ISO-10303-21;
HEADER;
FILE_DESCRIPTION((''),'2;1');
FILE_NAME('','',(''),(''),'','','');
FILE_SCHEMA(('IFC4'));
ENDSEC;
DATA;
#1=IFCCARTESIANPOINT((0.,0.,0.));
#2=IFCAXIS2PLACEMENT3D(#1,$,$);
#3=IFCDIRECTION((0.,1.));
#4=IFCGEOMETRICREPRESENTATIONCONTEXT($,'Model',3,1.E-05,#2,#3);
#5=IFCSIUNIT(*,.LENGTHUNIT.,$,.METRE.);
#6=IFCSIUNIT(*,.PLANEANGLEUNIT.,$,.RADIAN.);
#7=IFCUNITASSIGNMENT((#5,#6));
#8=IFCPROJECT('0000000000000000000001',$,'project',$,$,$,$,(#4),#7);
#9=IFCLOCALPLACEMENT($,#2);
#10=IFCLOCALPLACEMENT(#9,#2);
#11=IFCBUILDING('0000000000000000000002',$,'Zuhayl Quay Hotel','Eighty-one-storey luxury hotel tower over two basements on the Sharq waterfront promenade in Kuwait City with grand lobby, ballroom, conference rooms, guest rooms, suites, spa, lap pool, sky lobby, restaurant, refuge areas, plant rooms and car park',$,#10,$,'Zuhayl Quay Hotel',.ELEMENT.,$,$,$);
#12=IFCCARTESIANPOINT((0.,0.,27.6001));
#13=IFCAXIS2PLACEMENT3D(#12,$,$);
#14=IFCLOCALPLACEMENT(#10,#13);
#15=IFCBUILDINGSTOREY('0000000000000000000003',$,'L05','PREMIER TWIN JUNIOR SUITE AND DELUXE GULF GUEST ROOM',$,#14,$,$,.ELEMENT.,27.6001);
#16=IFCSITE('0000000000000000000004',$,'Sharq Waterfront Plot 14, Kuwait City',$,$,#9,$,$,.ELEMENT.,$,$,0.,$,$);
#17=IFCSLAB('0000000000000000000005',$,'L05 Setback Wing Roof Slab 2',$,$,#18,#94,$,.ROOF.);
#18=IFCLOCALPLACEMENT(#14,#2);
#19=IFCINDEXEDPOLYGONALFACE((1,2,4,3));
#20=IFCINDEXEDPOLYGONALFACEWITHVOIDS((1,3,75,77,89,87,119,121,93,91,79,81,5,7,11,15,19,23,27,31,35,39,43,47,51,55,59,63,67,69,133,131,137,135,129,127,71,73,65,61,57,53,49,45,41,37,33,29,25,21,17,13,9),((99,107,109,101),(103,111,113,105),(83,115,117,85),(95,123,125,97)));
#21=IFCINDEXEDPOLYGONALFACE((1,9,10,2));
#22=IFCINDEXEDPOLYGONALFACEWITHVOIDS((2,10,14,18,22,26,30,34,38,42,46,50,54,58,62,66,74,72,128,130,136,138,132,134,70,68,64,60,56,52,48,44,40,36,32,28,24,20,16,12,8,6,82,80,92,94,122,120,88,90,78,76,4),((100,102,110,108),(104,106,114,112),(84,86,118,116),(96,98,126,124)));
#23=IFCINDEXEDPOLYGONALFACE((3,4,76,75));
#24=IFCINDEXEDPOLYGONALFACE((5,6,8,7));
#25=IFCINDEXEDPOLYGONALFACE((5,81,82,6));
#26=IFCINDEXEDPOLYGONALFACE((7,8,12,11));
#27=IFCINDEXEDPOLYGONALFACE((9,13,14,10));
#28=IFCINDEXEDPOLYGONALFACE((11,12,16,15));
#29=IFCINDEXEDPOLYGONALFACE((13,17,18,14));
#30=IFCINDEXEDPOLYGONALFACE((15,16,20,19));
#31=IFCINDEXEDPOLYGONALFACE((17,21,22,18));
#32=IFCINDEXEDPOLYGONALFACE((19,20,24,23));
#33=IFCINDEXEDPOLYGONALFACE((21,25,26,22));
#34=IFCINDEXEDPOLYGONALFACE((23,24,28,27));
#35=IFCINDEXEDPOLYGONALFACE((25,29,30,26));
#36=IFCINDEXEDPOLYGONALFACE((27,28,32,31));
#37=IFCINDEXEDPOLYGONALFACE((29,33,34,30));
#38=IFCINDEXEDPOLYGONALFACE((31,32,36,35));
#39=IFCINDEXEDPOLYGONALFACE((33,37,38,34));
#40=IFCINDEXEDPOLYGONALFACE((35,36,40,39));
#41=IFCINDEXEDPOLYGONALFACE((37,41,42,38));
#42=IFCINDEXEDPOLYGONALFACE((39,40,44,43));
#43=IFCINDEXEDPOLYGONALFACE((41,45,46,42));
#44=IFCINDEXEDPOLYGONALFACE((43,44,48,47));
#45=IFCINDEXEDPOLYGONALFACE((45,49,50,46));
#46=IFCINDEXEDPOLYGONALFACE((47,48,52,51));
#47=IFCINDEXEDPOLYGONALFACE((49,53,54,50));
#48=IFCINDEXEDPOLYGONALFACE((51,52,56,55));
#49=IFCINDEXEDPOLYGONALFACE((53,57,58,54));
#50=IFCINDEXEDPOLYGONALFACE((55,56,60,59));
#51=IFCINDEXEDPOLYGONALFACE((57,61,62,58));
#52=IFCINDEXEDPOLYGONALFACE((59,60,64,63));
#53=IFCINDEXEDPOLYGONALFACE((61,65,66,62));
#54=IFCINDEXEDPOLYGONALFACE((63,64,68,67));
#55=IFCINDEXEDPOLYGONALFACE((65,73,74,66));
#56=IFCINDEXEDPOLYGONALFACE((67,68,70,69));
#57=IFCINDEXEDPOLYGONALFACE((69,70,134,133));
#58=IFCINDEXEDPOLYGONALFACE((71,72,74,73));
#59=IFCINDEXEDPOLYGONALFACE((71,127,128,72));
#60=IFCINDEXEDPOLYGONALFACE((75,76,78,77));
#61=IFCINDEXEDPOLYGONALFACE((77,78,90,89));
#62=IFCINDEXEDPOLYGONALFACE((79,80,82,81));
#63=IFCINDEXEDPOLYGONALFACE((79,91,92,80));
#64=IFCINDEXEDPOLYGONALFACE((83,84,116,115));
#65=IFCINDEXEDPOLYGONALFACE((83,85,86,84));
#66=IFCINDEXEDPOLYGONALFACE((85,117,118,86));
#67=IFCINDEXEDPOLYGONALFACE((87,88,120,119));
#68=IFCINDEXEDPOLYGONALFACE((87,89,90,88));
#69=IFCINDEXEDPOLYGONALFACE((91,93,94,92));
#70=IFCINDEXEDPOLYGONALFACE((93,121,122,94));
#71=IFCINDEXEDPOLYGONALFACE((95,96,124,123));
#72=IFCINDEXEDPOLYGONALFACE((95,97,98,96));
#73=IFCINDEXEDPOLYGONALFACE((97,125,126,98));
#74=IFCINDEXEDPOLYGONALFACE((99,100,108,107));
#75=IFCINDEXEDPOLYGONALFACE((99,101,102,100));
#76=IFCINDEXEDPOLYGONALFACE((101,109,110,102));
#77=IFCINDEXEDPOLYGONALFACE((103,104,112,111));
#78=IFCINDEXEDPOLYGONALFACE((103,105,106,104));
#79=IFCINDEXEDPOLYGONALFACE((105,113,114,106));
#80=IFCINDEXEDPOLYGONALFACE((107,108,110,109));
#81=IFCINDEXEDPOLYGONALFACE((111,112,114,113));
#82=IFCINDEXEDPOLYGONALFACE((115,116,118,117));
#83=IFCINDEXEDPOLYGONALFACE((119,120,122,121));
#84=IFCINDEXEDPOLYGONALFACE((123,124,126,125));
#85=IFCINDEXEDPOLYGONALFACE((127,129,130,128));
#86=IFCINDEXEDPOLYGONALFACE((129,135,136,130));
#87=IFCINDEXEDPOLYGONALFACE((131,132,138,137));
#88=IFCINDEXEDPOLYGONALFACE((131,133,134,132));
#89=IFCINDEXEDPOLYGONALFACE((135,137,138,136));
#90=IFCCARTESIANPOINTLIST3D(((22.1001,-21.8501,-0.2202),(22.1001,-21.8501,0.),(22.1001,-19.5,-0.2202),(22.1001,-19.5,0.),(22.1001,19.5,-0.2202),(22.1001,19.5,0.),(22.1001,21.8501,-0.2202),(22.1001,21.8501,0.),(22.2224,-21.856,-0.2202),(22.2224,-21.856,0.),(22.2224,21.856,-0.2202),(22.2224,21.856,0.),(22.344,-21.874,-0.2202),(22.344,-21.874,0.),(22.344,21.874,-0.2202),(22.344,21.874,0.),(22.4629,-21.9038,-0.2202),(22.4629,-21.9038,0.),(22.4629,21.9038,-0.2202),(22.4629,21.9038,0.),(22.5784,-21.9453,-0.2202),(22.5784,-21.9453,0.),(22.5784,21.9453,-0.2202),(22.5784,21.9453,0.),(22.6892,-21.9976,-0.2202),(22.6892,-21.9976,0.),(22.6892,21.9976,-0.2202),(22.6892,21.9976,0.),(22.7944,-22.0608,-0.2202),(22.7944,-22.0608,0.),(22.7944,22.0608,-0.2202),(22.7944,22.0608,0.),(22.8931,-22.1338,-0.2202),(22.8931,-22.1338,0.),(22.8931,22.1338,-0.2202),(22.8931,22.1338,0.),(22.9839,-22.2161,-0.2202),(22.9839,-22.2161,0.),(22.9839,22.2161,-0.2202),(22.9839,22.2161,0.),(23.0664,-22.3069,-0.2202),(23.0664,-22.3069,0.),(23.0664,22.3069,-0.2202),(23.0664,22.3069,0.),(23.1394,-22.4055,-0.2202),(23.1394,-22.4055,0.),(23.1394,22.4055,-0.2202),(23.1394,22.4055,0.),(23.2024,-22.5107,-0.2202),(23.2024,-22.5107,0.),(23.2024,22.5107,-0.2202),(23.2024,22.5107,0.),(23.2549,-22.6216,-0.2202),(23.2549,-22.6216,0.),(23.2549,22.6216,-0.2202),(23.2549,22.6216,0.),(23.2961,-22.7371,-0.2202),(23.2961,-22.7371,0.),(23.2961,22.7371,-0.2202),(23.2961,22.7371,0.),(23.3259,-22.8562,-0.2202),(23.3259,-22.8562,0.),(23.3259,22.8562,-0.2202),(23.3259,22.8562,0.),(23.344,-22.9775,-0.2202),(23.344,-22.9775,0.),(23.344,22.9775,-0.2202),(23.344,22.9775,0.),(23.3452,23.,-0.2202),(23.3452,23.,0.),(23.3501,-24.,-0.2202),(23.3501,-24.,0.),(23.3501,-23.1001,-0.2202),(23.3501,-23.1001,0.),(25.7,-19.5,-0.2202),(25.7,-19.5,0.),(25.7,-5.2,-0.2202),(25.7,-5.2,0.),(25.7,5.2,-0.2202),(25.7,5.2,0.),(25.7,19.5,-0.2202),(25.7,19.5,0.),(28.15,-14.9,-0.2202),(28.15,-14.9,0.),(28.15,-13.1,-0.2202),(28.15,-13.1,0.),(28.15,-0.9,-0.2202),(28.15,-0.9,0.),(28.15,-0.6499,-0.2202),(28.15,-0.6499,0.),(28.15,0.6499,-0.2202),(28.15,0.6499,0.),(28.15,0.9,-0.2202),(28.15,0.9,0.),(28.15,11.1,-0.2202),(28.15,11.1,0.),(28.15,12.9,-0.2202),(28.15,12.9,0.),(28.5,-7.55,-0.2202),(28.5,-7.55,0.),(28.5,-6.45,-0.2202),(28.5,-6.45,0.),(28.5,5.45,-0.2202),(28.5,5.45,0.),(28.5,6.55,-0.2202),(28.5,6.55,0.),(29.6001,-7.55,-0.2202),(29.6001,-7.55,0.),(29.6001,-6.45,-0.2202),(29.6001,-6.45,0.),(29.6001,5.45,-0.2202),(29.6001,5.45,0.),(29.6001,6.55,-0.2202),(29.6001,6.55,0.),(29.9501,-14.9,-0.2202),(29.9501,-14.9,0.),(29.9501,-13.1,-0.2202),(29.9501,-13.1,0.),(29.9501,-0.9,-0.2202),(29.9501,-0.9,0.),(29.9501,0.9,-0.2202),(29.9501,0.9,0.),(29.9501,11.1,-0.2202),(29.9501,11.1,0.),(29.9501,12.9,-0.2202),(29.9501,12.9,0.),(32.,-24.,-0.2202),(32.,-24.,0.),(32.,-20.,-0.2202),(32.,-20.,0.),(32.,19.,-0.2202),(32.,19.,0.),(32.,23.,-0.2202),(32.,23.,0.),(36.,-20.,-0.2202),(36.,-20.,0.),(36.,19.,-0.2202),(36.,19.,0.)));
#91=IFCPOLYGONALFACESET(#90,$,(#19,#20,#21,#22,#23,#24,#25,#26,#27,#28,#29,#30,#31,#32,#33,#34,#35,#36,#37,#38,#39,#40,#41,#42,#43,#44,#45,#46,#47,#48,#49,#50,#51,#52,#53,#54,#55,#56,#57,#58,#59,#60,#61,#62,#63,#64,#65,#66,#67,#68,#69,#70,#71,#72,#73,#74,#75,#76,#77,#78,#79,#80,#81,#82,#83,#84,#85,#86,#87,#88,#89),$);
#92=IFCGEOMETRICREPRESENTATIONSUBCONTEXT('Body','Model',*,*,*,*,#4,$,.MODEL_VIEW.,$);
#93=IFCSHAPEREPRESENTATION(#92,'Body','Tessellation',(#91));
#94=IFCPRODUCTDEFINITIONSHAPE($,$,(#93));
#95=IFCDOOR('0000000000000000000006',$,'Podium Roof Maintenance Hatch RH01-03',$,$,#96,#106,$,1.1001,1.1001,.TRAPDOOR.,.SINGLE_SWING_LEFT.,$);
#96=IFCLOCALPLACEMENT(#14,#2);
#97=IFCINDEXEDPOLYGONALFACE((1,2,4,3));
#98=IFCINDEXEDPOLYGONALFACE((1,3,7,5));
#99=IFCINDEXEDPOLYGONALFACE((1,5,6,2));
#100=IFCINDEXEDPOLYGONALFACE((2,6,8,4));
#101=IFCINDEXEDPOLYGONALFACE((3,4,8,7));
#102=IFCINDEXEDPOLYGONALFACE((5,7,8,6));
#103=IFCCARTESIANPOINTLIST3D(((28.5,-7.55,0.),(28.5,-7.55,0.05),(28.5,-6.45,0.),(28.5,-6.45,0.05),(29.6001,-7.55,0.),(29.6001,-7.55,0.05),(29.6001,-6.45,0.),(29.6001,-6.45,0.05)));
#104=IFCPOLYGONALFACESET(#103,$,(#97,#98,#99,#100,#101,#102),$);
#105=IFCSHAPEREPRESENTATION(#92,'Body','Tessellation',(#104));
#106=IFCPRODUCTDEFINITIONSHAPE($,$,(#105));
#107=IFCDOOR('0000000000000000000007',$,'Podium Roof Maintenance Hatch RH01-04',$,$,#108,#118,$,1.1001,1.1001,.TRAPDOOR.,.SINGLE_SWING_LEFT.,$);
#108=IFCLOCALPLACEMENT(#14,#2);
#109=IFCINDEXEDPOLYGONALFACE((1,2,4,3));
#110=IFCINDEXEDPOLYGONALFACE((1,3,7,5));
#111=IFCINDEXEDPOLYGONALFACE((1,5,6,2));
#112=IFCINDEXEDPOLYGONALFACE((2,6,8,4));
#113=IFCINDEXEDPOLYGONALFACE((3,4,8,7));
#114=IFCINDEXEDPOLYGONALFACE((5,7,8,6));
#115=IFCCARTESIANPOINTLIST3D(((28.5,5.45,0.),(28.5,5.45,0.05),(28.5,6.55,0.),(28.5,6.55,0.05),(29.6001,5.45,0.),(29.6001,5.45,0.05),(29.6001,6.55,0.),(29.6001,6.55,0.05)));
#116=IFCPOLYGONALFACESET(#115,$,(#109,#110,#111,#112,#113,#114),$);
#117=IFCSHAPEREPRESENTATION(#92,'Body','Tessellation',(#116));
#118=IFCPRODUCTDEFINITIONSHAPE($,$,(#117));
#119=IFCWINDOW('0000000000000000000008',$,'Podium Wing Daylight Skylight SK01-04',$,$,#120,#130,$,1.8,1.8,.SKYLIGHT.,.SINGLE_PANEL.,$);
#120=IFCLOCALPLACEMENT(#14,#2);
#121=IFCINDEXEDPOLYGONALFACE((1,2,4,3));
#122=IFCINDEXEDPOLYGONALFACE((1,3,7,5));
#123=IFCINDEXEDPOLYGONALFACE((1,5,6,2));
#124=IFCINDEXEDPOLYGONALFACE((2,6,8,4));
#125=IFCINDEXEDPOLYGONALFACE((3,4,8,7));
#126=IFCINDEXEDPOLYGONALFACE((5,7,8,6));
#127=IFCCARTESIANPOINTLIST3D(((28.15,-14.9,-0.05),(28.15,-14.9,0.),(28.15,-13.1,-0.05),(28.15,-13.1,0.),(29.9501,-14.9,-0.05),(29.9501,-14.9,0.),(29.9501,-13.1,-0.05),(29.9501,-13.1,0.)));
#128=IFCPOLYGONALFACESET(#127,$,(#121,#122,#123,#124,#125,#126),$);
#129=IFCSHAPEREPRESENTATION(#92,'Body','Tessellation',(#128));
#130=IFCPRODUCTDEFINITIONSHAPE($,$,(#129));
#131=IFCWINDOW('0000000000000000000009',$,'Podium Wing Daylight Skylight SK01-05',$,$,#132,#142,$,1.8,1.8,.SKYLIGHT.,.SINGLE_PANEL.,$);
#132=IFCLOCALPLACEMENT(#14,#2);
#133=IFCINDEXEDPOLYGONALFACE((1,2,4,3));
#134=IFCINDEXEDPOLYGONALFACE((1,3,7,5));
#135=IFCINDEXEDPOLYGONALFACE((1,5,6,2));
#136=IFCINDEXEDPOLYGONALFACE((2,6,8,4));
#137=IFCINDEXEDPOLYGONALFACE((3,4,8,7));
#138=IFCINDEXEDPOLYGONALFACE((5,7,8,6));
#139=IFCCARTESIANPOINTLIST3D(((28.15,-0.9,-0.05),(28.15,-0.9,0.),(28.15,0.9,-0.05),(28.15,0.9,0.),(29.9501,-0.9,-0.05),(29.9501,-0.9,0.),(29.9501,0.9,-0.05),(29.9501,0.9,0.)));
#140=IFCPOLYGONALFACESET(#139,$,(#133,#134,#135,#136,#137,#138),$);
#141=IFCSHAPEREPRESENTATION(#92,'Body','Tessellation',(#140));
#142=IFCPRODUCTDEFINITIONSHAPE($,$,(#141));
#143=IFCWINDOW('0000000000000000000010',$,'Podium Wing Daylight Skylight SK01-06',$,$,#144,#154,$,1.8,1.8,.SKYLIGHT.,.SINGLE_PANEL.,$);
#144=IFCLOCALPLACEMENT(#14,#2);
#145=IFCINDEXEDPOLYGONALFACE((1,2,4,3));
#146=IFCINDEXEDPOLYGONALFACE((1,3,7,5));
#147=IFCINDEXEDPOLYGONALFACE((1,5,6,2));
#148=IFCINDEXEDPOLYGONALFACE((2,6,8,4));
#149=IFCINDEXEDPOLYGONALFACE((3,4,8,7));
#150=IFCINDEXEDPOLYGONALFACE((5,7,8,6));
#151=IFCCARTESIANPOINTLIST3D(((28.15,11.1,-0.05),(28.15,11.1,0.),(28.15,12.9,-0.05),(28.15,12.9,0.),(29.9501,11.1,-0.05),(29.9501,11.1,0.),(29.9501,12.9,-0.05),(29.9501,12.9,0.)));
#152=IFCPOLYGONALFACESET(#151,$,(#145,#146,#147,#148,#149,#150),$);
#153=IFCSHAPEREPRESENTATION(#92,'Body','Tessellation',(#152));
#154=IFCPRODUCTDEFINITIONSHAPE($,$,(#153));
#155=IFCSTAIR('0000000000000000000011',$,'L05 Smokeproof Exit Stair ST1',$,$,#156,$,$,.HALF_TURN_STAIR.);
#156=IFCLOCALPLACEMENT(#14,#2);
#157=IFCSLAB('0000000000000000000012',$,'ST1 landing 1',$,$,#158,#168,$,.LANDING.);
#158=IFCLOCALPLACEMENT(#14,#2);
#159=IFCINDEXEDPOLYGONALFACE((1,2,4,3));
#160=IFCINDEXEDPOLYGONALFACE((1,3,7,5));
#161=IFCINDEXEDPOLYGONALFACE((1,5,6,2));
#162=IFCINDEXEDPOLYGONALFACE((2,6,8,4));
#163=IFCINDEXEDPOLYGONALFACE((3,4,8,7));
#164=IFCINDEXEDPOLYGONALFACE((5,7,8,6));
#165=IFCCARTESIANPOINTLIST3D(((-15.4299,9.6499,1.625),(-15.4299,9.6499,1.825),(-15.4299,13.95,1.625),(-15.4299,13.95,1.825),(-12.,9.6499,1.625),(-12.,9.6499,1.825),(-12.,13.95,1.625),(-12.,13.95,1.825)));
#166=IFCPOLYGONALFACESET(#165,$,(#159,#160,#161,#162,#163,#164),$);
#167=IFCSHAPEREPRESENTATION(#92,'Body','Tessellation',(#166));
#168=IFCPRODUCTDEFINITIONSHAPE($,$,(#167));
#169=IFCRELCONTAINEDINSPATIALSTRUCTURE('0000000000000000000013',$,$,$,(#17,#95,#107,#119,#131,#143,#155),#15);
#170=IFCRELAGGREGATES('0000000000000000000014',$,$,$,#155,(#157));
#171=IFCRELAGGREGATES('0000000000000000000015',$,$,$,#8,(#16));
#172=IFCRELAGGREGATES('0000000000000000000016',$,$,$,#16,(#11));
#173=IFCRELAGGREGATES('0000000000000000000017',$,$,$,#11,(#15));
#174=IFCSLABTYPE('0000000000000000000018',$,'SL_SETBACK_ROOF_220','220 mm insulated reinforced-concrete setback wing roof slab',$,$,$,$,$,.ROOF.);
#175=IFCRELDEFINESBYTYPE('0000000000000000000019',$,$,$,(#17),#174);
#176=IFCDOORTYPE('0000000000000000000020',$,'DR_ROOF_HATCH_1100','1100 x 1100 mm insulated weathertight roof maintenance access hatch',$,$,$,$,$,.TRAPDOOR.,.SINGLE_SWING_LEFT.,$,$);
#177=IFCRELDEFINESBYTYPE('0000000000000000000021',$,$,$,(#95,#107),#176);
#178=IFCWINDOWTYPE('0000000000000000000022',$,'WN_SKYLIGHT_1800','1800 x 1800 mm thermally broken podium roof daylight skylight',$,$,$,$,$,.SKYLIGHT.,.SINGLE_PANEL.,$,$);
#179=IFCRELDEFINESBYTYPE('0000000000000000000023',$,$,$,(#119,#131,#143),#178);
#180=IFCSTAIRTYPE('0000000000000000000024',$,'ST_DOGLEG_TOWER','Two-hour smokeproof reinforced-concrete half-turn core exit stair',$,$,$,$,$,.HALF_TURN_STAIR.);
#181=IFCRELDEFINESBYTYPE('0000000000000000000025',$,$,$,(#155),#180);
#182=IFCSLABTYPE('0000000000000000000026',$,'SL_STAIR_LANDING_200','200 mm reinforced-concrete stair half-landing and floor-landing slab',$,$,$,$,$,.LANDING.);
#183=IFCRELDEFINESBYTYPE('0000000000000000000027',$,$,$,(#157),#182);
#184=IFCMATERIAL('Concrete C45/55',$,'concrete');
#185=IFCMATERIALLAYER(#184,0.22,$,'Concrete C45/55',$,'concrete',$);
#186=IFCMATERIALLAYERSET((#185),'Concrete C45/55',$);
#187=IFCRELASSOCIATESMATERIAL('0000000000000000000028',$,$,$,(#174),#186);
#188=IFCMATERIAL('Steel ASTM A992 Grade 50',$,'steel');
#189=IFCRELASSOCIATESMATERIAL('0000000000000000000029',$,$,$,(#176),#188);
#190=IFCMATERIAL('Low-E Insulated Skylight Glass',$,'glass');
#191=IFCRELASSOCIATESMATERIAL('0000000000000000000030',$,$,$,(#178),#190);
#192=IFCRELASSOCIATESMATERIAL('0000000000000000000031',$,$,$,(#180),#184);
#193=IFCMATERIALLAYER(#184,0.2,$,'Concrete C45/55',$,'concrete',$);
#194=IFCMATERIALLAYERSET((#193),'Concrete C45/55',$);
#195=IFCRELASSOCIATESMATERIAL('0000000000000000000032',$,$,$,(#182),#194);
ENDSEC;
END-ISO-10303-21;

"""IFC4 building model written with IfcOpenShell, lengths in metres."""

from ifc_helpers import new_model, si_unit, direction, frame, origin, origin_2d, place, context, subcontext, project, spatial, polyline, rectangle, outline, extrude, material, layer, layer_set, type_object, element, fill, aggregate, save


model = new_model("IFC4")

# Units and contexts
model_context = context("Model", 3, precision=1e-05, world=origin(), true_north=direction((0.0, 1.0)))
body_context = subcontext(model_context, "Body", "Model", "MODEL_VIEW")
ifc_project = project(units=[si_unit("LENGTHUNIT", "METRE"), si_unit("PLANEANGLEUNIT", "RADIAN")], contexts=[model_context])

# Site, building, storey
site_placement = place(None, origin())
site = spatial("IfcSite", under=ifc_project, at=site_placement, Name="Sharq Waterfront Plot 14, Kuwait City", CompositionType="ELEMENT", RefElevation=0.0)
building_placement = place(site_placement, origin())
building = spatial("IfcBuilding", under=site, at=building_placement, Name="Zuhayl Quay Hotel", Description="Eighty-one-storey luxury hotel tower over two basements on the Sharq waterfront promenade in Kuwait City with grand lobby, ballroom, conference rooms, guest rooms, suites, spa, lap pool, sky lobby, restaurant, refuge areas, plant rooms and car park", LongName="Zuhayl Quay Hotel", CompositionType="ELEMENT")
storey_placement = place(building_placement, frame((0.0, 0.0, 27.6001)))
storey = spatial("IfcBuildingStorey", under=building, at=storey_placement, Name="L05", Description="PREMIER TWIN JUNIOR SUITE AND DELUXE GULF GUEST ROOM", CompositionType="ELEMENT", Elevation=27.6001)

# Shared definitions
ifc_material_1 = material(Name="Concrete C45/55", Category="concrete")

# Slab, openings, doors, windows
ifc_layer_1 = layer(ifc_material_1, 0.22, Name="Concrete C45/55", Category="concrete")
ifc_layer_set_1 = layer_set([ifc_layer_1], Name="Concrete C45/55")
slab_type_1 = type_object("IfcSlabType", Name="SL_SETBACK_ROOF_220", Description="220 mm insulated reinforced-concrete setback wing roof slab", PredefinedType="ROOF", material=ifc_layer_set_1)
ifc_material_2 = material(Name="Steel ASTM A992 Grade 50", Category="steel")
door_type = type_object("IfcDoorType", Name="DR_ROOF_HATCH_1100", Description="1100 x 1100 mm insulated weathertight roof maintenance access hatch", OperationType="SINGLE_SWING_LEFT", PredefinedType="TRAPDOOR", material=ifc_material_2)
ifc_material_3 = material(Name="Low-E Insulated Skylight Glass", Category="glass")
window_type = type_object("IfcWindowType", Name="WN_SKYLIGHT_1800", Description="1800 x 1800 mm thermally broken podium roof daylight skylight", PartitioningType="SINGLE_PANEL", PredefinedType="SKYLIGHT", material=ifc_material_3)
slab_1_placement = place(storey_placement, frame((0.0, 0.0, -0.2202)))
slab_1 = element("IfcSlab", 1, at=slab_1_placement, inside=storey, type_object=slab_type_1, Name="L05 Setback Wing Roof Slab 2", PredefinedType="ROOF", context=body_context, shape_type="SweptSolid", body=[
    extrude(outline(polyline([(32.0, -20.0), (36.0, -20.0), (36.0, 19.0), (32.0, 19.0), (32.0, 23.0), (23.3452, 23.0), (23.344, 22.9775), (23.3259, 22.8562), (23.2961, 22.7371), (23.2549, 22.6216), (23.2024, 22.5107), (23.1394, 22.4055), (23.0664, 22.3069), (22.9839, 22.2161), (22.8931, 22.1338), (22.7944, 22.0608), (22.6892, 21.9976), (22.5784, 21.9453), (22.4629, 21.9038), (22.344, 21.874), (22.2224, 21.856), (22.1001, 21.8501), (22.1001, 19.5), (25.7, 19.5), (25.7, 5.2), (28.5, 0.0), (25.7, -5.2), (25.7, -19.5), (22.1001, -19.5), (22.1001, -21.8501), (22.2224, -21.856), (22.344, -21.874), (22.4629, -21.9038), (22.5784, -21.9453), (22.6892, -21.9976), (22.7944, -22.0608), (22.8931, -22.1338), (22.9839, -22.2161), (23.0664, -22.3069), (23.1394, -22.4055), (23.2024, -22.5107), (23.2549, -22.6216), (23.2961, -22.7371), (23.3259, -22.8562), (23.344, -22.9775), (23.3501, -23.1001), (23.3501, -24.0), (32.0, -24.0), (32.0, -20.0)])), origin(), (0.0, 0.0, 1.0), 0.2202),
])
opening_1_placement = place(slab_1_placement, frame((29.05, -14.0, 0.0)))
opening_1 = element("IfcOpeningElement", 2, at=opening_1_placement, cuts=slab_1, PredefinedType="OPENING", context=body_context, shape_type="SweptSolid", body=[
    extrude(rectangle(XDim=1.8, YDim=1.8, at=origin_2d()), frame((0.0, 0.0, -0.01)), (0.0, 0.0, 1.0), 0.2402),
])
opening_2_placement = place(slab_1_placement, frame((29.05, 0.0, 0.0)))
opening_2 = element("IfcOpeningElement", 3, at=opening_2_placement, cuts=slab_1, PredefinedType="OPENING", context=body_context, shape_type="SweptSolid", body=[
    extrude(rectangle(XDim=1.8, YDim=1.8, at=origin_2d()), frame((0.0, 0.0, -0.01)), (0.0, 0.0, 1.0), 0.2402),
])
opening_3_placement = place(slab_1_placement, frame((29.05, 12.0, 0.0)))
opening_3 = element("IfcOpeningElement", 4, at=opening_3_placement, cuts=slab_1, PredefinedType="OPENING", context=body_context, shape_type="SweptSolid", body=[
    extrude(rectangle(XDim=1.8, YDim=1.8, at=origin_2d()), frame((0.0, 0.0, -0.01)), (0.0, 0.0, 1.0), 0.2402),
])
opening_4_placement = place(slab_1_placement, frame((29.05, -7.0, 0.0)))
opening_4 = element("IfcOpeningElement", 5, at=opening_4_placement, cuts=slab_1, PredefinedType="OPENING", context=body_context, shape_type="SweptSolid", body=[
    extrude(rectangle(XDim=1.1001, YDim=1.1001, at=origin_2d()), frame((0.0, 0.0, -0.01)), (0.0, 0.0, 1.0), 0.2903),
])
opening_5_placement = place(slab_1_placement, frame((29.05, 6.0, 0.0)))
opening_5 = element("IfcOpeningElement", 6, at=opening_5_placement, cuts=slab_1, PredefinedType="OPENING", context=body_context, shape_type="SweptSolid", body=[
    extrude(rectangle(XDim=1.1001, YDim=1.1001, at=origin_2d()), frame((0.0, 0.0, -0.01)), (0.0, 0.0, 1.0), 0.2903),
])
door_1_placement = place(opening_4_placement, frame((0.0, 0.0, 0.2202)))
door_1 = element("IfcDoor", 7, at=door_1_placement, inside=storey, type_object=door_type, Name="Podium Roof Maintenance Hatch RH01-03", OperationType="SINGLE_SWING_LEFT", OverallHeight=1.1001, OverallWidth=1.1001, PredefinedType="TRAPDOOR", context=body_context, shape_type="SweptSolid", body=[
    extrude(rectangle(XDim=1.1001, YDim=1.1001, at=origin_2d()), origin(), (0.0, 0.0, 1.0), 0.05),
])
fill(opening_4, door_1)
door_2_placement = place(opening_5_placement, frame((0.0, 0.0, 0.2202)))
door_2 = element("IfcDoor", 8, at=door_2_placement, inside=storey, type_object=door_type, Name="Podium Roof Maintenance Hatch RH01-04", OperationType="SINGLE_SWING_LEFT", OverallHeight=1.1001, OverallWidth=1.1001, PredefinedType="TRAPDOOR", context=body_context, shape_type="SweptSolid", body=[
    extrude(rectangle(XDim=1.1001, YDim=1.1001, at=origin_2d()), origin(), (0.0, 0.0, 1.0), 0.05),
])
fill(opening_5, door_2)
window_1_placement = place(opening_1_placement, frame((0.0, 0.0, 0.1702)))
window_1 = element("IfcWindow", 9, at=window_1_placement, inside=storey, type_object=window_type, Name="Podium Wing Daylight Skylight SK01-04", OverallHeight=1.8, OverallWidth=1.8, PartitioningType="SINGLE_PANEL", PredefinedType="SKYLIGHT", context=body_context, shape_type="SweptSolid", body=[
    extrude(rectangle(XDim=1.8, YDim=1.8, at=origin_2d()), origin(), (0.0, 0.0, 1.0), 0.05),
])
fill(opening_1, window_1)
window_2_placement = place(opening_2_placement, frame((0.0, 0.0, 0.1702)))
window_2 = element("IfcWindow", 10, at=window_2_placement, inside=storey, type_object=window_type, Name="Podium Wing Daylight Skylight SK01-05", OverallHeight=1.8, OverallWidth=1.8, PartitioningType="SINGLE_PANEL", PredefinedType="SKYLIGHT", context=body_context, shape_type="SweptSolid", body=[
    extrude(rectangle(XDim=1.8, YDim=1.8, at=origin_2d()), origin(), (0.0, 0.0, 1.0), 0.05),
])
fill(opening_2, window_2)
window_3_placement = place(opening_3_placement, frame((0.0, 0.0, 0.1702)))
window_3 = element("IfcWindow", 11, at=window_3_placement, inside=storey, type_object=window_type, Name="Podium Wing Daylight Skylight SK01-06", OverallHeight=1.8, OverallWidth=1.8, PartitioningType="SINGLE_PANEL", PredefinedType="SKYLIGHT", context=body_context, shape_type="SweptSolid", body=[
    extrude(rectangle(XDim=1.8, YDim=1.8, at=origin_2d()), origin(), (0.0, 0.0, 1.0), 0.05),
])
fill(opening_3, window_3)

# Stair, slab
stair_type = type_object("IfcStairType", Name="ST_DOGLEG_TOWER", Description="Two-hour smokeproof reinforced-concrete half-turn core exit stair", PredefinedType="HALF_TURN_STAIR", material=ifc_material_1)
stair_1_placement = place(storey_placement, origin())
stair_1 = element("IfcStair", 12, at=stair_1_placement, inside=storey, type_object=stair_type, Name="L05 Smokeproof Exit Stair ST1", PredefinedType="HALF_TURN_STAIR")
ifc_layer_2 = layer(ifc_material_1, 0.2, Name="Concrete C45/55", Category="concrete")
ifc_layer_set_2 = layer_set([ifc_layer_2], Name="Concrete C45/55")
slab_type_2 = type_object("IfcSlabType", Name="SL_STAIR_LANDING_200", Description="200 mm reinforced-concrete stair half-landing and floor-landing slab", PredefinedType="LANDING", material=ifc_layer_set_2)
slab_2_placement = place(storey_placement, frame((0.0, 0.0, 1.625)))
slab_2 = element("IfcSlab", 13, at=slab_2_placement, type_object=slab_type_2, Name="ST1 landing 1", PredefinedType="LANDING", context=body_context, shape_type="SweptSolid", body=[
    extrude(outline(polyline([(-12.0, 9.6499), (-12.0, 13.95), (-15.4299, 13.95), (-15.4299, 9.6499), (-12.0, 9.6499)])), origin(), (0.0, 0.0, 1.0), 0.2),
])
aggregate(stair_1, [slab_2])

save(model, "model.ifc")
